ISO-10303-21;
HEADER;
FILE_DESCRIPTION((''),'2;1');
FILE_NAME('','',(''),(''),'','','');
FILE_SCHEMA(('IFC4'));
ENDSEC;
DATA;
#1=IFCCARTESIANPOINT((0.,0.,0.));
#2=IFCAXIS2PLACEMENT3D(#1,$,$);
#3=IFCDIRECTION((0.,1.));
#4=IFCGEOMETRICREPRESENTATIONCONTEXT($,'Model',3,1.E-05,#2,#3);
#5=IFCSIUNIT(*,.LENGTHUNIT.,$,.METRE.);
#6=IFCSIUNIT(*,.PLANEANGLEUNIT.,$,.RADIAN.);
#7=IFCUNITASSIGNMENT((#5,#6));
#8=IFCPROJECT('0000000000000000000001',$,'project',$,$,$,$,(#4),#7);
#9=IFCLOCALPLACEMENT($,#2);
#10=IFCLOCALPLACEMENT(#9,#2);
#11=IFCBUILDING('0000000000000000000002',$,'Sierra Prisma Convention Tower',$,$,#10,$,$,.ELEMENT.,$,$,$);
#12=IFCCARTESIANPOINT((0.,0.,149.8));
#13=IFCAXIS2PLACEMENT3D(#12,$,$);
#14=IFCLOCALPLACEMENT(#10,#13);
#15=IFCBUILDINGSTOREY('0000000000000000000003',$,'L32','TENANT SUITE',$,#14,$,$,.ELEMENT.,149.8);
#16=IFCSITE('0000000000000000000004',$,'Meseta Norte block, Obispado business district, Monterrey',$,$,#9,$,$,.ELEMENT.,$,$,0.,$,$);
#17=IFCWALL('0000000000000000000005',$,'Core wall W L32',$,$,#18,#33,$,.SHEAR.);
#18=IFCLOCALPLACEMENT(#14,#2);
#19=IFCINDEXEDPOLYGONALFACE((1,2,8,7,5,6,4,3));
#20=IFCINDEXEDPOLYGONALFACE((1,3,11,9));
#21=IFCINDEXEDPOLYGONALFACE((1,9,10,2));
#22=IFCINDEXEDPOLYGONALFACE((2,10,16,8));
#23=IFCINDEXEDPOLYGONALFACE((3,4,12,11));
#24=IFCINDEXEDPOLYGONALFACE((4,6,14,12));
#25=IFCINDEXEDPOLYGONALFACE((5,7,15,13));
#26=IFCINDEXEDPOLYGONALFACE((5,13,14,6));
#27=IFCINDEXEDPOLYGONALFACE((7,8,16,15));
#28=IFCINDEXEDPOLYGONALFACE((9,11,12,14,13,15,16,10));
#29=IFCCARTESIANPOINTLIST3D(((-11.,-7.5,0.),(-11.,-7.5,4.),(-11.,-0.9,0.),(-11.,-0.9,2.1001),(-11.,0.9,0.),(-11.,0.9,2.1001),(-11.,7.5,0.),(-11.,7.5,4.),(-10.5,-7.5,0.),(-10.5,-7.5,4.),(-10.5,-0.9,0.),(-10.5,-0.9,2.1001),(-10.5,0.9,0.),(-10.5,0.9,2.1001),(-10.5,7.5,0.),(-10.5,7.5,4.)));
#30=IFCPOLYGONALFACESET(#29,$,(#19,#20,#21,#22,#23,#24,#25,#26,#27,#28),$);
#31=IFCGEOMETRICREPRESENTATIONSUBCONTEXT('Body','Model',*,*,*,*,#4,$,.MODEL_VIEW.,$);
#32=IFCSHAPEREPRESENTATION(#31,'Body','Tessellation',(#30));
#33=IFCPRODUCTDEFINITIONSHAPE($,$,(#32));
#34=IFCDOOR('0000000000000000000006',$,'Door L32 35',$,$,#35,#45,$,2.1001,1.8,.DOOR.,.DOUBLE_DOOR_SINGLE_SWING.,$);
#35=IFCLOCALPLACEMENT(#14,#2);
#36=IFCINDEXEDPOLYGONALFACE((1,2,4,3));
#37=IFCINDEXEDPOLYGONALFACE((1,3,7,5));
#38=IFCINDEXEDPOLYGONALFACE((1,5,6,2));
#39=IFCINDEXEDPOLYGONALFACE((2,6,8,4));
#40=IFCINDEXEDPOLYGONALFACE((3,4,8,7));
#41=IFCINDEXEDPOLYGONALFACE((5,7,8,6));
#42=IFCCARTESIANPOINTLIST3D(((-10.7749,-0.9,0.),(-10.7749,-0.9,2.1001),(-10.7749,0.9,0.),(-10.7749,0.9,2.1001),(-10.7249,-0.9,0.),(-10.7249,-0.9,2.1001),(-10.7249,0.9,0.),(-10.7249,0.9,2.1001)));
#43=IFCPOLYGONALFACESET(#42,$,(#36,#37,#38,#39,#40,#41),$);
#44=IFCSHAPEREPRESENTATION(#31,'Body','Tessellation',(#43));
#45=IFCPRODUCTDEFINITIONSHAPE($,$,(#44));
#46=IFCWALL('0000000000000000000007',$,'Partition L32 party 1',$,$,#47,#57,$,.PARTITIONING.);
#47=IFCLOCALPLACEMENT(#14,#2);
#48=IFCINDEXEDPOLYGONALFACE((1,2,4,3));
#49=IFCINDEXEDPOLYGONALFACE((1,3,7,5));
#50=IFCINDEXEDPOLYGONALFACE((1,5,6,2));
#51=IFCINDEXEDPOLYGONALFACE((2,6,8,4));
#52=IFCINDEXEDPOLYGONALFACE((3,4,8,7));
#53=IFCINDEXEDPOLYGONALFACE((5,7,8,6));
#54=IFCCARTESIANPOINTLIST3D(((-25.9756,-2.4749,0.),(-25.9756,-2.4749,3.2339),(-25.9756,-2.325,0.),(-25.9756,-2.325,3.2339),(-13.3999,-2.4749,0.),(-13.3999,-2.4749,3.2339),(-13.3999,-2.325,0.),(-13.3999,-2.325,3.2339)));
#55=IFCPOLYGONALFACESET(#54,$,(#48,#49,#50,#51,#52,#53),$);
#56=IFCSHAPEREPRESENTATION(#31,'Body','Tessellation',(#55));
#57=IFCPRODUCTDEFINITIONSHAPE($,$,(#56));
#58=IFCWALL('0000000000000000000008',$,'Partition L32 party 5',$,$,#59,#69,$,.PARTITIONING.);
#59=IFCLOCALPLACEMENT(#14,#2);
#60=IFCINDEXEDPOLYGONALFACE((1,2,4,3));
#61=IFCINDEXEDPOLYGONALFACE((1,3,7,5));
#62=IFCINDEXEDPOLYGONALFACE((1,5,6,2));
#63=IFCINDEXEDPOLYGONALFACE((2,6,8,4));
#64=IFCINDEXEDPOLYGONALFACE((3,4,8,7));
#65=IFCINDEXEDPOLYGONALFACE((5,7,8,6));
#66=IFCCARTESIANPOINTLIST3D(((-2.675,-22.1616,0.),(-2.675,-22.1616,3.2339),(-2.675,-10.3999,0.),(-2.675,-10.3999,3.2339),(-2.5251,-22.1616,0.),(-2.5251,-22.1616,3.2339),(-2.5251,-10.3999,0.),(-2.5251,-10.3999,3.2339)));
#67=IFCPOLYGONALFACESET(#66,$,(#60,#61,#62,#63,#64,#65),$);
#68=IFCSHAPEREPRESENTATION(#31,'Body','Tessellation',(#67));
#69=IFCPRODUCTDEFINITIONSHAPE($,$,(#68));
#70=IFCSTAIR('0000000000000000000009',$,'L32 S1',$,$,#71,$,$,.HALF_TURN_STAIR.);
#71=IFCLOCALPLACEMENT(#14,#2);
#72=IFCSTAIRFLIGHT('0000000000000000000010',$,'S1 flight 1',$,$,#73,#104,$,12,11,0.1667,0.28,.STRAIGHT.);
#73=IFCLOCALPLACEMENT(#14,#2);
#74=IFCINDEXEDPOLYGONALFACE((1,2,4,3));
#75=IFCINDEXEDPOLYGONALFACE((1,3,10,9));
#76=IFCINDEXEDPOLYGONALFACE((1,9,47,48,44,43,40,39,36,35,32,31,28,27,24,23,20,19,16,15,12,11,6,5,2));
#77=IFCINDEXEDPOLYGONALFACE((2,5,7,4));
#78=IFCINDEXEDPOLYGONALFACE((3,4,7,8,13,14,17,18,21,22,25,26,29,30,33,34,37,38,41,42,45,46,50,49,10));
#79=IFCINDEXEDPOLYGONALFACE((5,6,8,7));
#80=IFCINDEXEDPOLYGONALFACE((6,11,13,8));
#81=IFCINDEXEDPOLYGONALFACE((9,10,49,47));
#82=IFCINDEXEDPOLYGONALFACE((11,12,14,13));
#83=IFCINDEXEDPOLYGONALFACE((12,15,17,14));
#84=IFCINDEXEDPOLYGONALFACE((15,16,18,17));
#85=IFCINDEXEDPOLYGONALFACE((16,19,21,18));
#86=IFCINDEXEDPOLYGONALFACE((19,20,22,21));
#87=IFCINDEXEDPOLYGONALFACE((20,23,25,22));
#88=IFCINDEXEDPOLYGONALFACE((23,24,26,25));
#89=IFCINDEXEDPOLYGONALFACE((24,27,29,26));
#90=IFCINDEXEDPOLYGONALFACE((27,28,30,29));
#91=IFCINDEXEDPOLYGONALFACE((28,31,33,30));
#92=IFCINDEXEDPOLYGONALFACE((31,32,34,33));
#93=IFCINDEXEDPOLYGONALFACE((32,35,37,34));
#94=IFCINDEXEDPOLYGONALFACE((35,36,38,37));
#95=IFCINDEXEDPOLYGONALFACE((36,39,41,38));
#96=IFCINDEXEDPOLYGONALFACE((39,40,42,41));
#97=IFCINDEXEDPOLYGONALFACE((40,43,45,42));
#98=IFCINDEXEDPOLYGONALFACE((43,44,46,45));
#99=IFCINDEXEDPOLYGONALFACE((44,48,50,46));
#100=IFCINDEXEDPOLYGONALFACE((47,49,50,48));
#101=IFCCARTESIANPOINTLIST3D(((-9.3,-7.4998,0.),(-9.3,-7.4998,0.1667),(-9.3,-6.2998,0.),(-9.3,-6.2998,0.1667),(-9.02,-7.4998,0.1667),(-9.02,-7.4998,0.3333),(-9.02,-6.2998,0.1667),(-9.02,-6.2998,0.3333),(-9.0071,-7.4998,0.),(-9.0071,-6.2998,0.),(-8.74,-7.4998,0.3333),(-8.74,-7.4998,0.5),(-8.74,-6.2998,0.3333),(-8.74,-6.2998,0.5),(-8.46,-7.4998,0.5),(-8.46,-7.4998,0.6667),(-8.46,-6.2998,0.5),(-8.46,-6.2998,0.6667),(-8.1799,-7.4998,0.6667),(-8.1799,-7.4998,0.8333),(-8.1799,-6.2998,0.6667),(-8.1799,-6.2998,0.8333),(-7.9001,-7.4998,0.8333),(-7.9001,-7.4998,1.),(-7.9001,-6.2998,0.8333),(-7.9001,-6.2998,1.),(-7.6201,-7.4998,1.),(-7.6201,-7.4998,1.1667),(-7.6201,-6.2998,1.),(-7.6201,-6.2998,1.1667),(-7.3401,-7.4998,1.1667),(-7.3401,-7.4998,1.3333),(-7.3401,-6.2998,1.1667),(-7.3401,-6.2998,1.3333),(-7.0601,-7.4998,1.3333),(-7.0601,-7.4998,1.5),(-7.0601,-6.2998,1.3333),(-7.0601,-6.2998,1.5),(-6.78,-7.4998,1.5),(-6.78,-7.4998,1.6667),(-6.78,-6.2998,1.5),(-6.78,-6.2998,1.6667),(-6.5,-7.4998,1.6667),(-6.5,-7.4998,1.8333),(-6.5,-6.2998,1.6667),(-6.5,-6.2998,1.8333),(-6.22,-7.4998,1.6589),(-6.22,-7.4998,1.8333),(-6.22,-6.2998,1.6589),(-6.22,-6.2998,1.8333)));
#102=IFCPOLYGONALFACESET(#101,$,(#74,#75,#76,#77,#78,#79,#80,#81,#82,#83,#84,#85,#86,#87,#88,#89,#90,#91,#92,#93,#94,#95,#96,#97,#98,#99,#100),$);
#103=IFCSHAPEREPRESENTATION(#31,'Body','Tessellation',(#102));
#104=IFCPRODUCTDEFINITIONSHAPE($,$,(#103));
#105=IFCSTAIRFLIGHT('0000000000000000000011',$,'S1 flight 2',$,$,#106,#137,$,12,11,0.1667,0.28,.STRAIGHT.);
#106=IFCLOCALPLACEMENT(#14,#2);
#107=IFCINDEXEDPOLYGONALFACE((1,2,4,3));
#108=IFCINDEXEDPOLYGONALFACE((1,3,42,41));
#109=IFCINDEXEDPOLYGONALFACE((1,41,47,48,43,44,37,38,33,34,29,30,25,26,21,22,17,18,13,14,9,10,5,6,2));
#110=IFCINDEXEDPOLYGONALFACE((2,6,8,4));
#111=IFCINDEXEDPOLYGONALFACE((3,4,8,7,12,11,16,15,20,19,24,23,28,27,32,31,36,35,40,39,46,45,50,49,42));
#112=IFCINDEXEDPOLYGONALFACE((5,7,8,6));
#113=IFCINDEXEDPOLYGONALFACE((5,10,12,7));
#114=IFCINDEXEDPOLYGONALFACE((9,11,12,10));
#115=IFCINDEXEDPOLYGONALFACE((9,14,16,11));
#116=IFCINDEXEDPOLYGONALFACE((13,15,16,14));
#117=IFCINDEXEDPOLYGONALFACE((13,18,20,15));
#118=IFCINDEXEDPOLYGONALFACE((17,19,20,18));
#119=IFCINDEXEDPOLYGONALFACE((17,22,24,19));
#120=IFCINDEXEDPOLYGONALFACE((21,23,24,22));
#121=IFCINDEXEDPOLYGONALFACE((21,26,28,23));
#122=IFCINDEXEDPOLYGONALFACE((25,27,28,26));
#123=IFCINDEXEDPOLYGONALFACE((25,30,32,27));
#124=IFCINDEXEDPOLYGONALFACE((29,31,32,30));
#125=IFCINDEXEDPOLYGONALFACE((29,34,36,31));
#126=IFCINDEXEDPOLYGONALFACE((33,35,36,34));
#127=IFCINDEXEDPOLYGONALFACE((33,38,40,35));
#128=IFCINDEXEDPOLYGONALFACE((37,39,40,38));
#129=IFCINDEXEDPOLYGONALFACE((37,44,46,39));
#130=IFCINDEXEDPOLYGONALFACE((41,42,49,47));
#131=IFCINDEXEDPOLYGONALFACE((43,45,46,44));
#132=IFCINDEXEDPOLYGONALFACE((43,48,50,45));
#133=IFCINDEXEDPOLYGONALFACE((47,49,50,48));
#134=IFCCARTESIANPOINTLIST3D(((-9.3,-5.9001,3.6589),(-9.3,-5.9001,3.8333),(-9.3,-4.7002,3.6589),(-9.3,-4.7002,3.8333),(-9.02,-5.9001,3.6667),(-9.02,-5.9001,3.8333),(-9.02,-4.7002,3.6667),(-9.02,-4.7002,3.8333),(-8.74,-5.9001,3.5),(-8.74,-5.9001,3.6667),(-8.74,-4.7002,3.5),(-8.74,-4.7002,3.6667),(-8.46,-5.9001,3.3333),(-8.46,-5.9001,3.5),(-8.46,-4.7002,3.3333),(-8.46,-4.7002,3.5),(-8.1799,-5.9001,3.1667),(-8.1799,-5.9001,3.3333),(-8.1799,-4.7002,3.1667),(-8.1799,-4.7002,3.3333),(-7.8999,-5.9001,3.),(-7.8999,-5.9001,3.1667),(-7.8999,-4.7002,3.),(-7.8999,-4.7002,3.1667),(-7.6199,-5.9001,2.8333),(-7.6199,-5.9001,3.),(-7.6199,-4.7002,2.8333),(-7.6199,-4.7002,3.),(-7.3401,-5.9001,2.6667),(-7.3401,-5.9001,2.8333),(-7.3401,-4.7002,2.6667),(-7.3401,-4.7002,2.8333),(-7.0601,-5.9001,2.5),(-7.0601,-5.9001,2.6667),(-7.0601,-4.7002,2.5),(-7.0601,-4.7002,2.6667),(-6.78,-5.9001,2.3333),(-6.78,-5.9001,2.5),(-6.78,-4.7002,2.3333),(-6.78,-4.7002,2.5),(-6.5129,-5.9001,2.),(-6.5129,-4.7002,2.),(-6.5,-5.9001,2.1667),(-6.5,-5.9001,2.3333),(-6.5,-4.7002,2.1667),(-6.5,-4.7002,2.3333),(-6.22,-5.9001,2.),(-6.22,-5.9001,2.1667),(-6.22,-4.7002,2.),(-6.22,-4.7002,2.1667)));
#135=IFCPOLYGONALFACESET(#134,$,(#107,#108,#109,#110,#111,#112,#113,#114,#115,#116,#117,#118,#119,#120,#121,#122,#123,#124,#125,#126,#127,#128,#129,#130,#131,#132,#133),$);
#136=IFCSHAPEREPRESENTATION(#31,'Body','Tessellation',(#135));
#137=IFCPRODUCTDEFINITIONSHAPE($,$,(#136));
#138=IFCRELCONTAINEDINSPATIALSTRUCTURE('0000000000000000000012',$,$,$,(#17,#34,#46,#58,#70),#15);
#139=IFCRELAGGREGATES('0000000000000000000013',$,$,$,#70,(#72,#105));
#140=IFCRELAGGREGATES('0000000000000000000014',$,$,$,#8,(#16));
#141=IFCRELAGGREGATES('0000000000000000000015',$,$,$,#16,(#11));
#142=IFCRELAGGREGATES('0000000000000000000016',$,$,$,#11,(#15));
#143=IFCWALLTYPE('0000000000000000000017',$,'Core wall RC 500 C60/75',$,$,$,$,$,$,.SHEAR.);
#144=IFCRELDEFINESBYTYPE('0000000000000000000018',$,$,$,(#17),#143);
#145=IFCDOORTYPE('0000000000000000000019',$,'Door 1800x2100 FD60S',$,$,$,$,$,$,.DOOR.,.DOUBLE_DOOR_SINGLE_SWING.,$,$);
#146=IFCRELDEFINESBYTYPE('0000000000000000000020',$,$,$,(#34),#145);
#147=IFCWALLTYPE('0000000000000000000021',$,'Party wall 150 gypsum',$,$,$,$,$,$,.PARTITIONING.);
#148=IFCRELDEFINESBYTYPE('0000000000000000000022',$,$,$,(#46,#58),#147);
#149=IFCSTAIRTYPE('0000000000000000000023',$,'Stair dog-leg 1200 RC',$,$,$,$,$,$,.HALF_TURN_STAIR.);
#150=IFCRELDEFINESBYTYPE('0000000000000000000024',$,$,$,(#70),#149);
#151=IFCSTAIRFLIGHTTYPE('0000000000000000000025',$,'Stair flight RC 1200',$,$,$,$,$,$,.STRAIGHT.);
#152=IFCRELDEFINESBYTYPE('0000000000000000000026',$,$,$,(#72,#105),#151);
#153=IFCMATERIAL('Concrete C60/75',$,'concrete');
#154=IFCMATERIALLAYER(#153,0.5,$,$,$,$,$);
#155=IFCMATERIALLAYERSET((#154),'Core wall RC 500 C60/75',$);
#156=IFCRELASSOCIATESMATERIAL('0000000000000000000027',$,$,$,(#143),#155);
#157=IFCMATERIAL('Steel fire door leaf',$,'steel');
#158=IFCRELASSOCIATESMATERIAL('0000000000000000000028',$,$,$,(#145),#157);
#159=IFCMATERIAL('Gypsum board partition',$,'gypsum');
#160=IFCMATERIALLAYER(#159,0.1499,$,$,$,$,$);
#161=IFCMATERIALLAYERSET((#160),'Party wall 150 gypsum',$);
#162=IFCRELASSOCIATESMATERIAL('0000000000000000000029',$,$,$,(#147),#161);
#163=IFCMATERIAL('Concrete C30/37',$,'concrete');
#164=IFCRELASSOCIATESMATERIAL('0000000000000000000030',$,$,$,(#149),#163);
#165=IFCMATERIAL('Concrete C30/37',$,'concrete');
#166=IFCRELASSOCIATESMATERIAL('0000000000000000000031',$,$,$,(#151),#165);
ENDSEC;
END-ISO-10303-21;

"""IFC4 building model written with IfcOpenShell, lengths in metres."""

from ifc_helpers import new_model, si_unit, direction, frame, frame_2d, origin, place, context, subcontext, project, spatial, polyline, rectangle, outline, extrude, material, layer, layer_set, type_object, element, fill, aggregate, save


model = new_model("IFC4")

# Units and contexts
model_context = context("Model", 3, precision=1e-05, world=origin(), true_north=direction((0.0, 1.0)))
body_context = subcontext(model_context, "Body", "Model", "MODEL_VIEW")
ifc_project = project(units=[si_unit("LENGTHUNIT", "METRE"), si_unit("PLANEANGLEUNIT", "RADIAN")], contexts=[model_context])

# Site, building, storey
site_placement = place(None, origin())
site = spatial("IfcSite", under=ifc_project, at=site_placement, Name="Meseta Norte block, Obispado business district, Monterrey", CompositionType="ELEMENT", RefElevation=0.0)
building_placement = place(site_placement, origin())
building = spatial("IfcBuilding", under=site, at=building_placement, Name="Sierra Prisma Convention Tower", CompositionType="ELEMENT")
storey_placement = place(building_placement, frame((0.0, 0.0, 149.8)))
storey = spatial("IfcBuildingStorey", under=building, at=storey_placement, Name="L32", Description="TENANT SUITE", CompositionType="ELEMENT", Elevation=149.8)

# Wall, opening, door
ifc_material_1 = material(Name="Concrete C60/75", Category="concrete")
ifc_layer_1 = layer(ifc_material_1, 0.5)
ifc_layer_set_1 = layer_set([ifc_layer_1], Name="Core wall RC 500 C60/75")
wall_type_1 = type_object("IfcWallType", Name="Core wall RC 500 C60/75", PredefinedType="SHEAR", material=ifc_layer_set_1)
wall_1_placement = place(storey_placement, frame((-10.75, -7.5, 0.0), z_axis=(0.0, 0.0, 1.0), x_axis=(0.0, 1.0, 0.0)))
wall_1 = element("IfcWall", 1, at=wall_1_placement, inside=storey, type_object=wall_type_1, Name="Core wall W L32", PredefinedType="SHEAR", context=body_context, shape_type="SweptSolid", body=[
    extrude(rectangle(XDim=15.0, YDim=0.5, at=frame_2d((7.5, 0.0))), origin(), (0.0, 0.0, 1.0), 4.0),
])
opening_1_placement = place(wall_1_placement, frame((6.6001, 0.0, 0.0)))
opening_1 = element("IfcOpeningElement", 2, at=opening_1_placement, cuts=wall_1, PredefinedType="OPENING", context=body_context, shape_type="SweptSolid", body=[
    extrude(rectangle(XDim=1.8, YDim=2.1001, at=frame_2d((0.8999, 1.05))), frame((0.0, 0.25, 0.0), z_axis=(0.0, -1.0, 0.0), x_axis=(1.0, 0.0, 0.0)), (0.0, 0.0, 1.0), 0.5),
])
ifc_material_2 = material(Name="Steel fire door leaf", Category="steel")
door_type_1 = type_object("IfcDoorType", Name="Door 1800x2100 FD60S", OperationType="DOUBLE_DOOR_SINGLE_SWING", PredefinedType="DOOR", material=ifc_material_2)
door_1_placement = place(opening_1_placement, origin())
door_1 = element("IfcDoor", 3, at=door_1_placement, inside=storey, type_object=door_type_1, Name="Door L32 35", OperationType="DOUBLE_DOOR_SINGLE_SWING", OverallHeight=2.1001, OverallWidth=1.8, PredefinedType="DOOR", context=body_context, shape_type="SweptSolid", body=[
    extrude(rectangle(XDim=1.8, YDim=2.1001, at=frame_2d((0.8999, 1.05))), frame((0.0, 0.0249, 0.0), z_axis=(0.0, -1.0, 0.0), x_axis=(1.0, 0.0, 0.0)), (0.0, 0.0, 1.0), 0.05),
])
fill(opening_1, door_1)

# Walls
ifc_material_3 = material(Name="Gypsum board partition", Category="gypsum")
ifc_layer_2 = layer(ifc_material_3, 0.1499)
ifc_layer_set_2 = layer_set([ifc_layer_2], Name="Party wall 150 gypsum")
wall_type_2 = type_object("IfcWallType", Name="Party wall 150 gypsum", PredefinedType="PARTITIONING", material=ifc_layer_set_2)
wall_2_placement = place(storey_placement, frame((-13.3999, -2.3999, 0.0), z_axis=(0.0, 0.0, 1.0), x_axis=(-1.0, 0.0, 0.0)))
element("IfcWall", 4, at=wall_2_placement, inside=storey, type_object=wall_type_2, Name="Partition L32 party 1", PredefinedType="PARTITIONING", context=body_context, shape_type="SweptSolid", body=[
    extrude(rectangle(XDim=12.5757, YDim=0.1499, at=frame_2d((6.2878, 0.0))), origin(), (0.0, 0.0, 1.0), 3.2339),
])
wall_3_placement = place(storey_placement, frame((-2.6001, -10.3999, 0.0), z_axis=(0.0, 0.0, 1.0), x_axis=(0.0, -1.0, 0.0)))
element("IfcWall", 5, at=wall_3_placement, inside=storey, type_object=wall_type_2, Name="Partition L32 party 5", PredefinedType="PARTITIONING", context=body_context, shape_type="SweptSolid", body=[
    extrude(rectangle(XDim=11.7617, YDim=0.1499, at=frame_2d((5.8809, 0.0))), origin(), (0.0, 0.0, 1.0), 3.2339),
])

# Stair, stair flights
ifc_material_4 = material(Name="Concrete C30/37", Category="concrete")
stair_type = type_object("IfcStairType", Name="Stair dog-leg 1200 RC", PredefinedType="HALF_TURN_STAIR", material=ifc_material_4)
stair_placement = place(storey_placement, origin())
stair = element("IfcStair", 6, at=stair_placement, inside=storey, type_object=stair_type, Name="L32 S1", PredefinedType="HALF_TURN_STAIR")
ifc_material_5 = material(Name="Concrete C30/37", Category="concrete")
stair_flight_type = type_object("IfcStairFlightType", Name="Stair flight RC 1200", PredefinedType="STRAIGHT", material=ifc_material_5)
stair_flight_1_placement = place(storey_placement, frame((-9.3, -6.8999, 0.0), z_axis=(0.0, 0.0, 1.0), x_axis=(1.0, 0.0, 0.0)))
stair_flight_1 = element("IfcStairFlight", 7, at=stair_flight_1_placement, type_object=stair_flight_type, Name="S1 flight 1", NumberOfRisers=12, NumberOfTreads=11, PredefinedType="STRAIGHT", RiserHeight=0.1667, TreadLength=0.28, context=body_context, shape_type="SweptSolid", body=[
    extrude(outline(polyline([(0.0, 0.0), (0.0, 0.1667), (0.28, 0.1667), (0.28, 0.3333), (0.5601, 0.3333), (0.5601, 0.5), (0.8401, 0.5), (0.8401, 0.6667), (1.1201, 0.6667), (1.1201, 0.8333), (1.3999, 0.8333), (1.3999, 1.0), (1.6799, 1.0), (1.6799, 1.1667), (1.96, 1.1667), (1.96, 1.3333), (2.24, 1.3333), (2.24, 1.5), (2.52, 1.5), (2.52, 1.6667), (2.8, 1.6667), (2.8, 1.8333), (3.0801, 1.8333), (3.0801, 2.0), (3.0801, 1.6589), (0.293, 0.0), (0.0, 0.0)])), frame((0.0, 0.6001, 0.0), z_axis=(0.0, -1.0, 0.0), x_axis=(1.0, 0.0, 0.0)), (0.0, 0.0, 1.0), 1.2),
])
stair_flight_2_placement = place(storey_placement, frame((-6.22, -5.3, 2.0), z_axis=(0.0, 0.0, 1.0), x_axis=(-1.0, 0.0, 0.0)))
stair_flight_2 = element("IfcStairFlight", 8, at=stair_flight_2_placement, type_object=stair_flight_type, Name="S1 flight 2", NumberOfRisers=12, NumberOfTreads=11, PredefinedType="STRAIGHT", RiserHeight=0.1667, TreadLength=0.28, context=body_context, shape_type="SweptSolid", body=[
    extrude(outline(polyline([(0.0, 0.0), (0.0, 0.1667), (0.28, 0.1667), (0.28, 0.3333), (0.5601, 0.3333), (0.5601, 0.5), (0.8401, 0.5), (0.8401, 0.6667), (1.1201, 0.6667), (1.1201, 0.8333), (1.3999, 0.8333), (1.3999, 1.0), (1.6799, 1.0), (1.6799, 1.1667), (1.96, 1.1667), (1.96, 1.3333), (2.24, 1.3333), (2.24, 1.5), (2.52, 1.5), (2.52, 1.6667), (2.8, 1.6667), (2.8, 1.8333), (3.0801, 1.8333), (3.0801, 2.0), (3.0801, 1.6589), (0.293, 0.0), (0.0, 0.0)])), frame((0.0, 0.6001, 0.0), z_axis=(0.0, -1.0, 0.0), x_axis=(1.0, 0.0, 0.0)), (0.0, 0.0, 1.0), 1.2),
])
aggregate(stair, [stair_flight_1, stair_flight_2])

save(model, "model.ifc")
